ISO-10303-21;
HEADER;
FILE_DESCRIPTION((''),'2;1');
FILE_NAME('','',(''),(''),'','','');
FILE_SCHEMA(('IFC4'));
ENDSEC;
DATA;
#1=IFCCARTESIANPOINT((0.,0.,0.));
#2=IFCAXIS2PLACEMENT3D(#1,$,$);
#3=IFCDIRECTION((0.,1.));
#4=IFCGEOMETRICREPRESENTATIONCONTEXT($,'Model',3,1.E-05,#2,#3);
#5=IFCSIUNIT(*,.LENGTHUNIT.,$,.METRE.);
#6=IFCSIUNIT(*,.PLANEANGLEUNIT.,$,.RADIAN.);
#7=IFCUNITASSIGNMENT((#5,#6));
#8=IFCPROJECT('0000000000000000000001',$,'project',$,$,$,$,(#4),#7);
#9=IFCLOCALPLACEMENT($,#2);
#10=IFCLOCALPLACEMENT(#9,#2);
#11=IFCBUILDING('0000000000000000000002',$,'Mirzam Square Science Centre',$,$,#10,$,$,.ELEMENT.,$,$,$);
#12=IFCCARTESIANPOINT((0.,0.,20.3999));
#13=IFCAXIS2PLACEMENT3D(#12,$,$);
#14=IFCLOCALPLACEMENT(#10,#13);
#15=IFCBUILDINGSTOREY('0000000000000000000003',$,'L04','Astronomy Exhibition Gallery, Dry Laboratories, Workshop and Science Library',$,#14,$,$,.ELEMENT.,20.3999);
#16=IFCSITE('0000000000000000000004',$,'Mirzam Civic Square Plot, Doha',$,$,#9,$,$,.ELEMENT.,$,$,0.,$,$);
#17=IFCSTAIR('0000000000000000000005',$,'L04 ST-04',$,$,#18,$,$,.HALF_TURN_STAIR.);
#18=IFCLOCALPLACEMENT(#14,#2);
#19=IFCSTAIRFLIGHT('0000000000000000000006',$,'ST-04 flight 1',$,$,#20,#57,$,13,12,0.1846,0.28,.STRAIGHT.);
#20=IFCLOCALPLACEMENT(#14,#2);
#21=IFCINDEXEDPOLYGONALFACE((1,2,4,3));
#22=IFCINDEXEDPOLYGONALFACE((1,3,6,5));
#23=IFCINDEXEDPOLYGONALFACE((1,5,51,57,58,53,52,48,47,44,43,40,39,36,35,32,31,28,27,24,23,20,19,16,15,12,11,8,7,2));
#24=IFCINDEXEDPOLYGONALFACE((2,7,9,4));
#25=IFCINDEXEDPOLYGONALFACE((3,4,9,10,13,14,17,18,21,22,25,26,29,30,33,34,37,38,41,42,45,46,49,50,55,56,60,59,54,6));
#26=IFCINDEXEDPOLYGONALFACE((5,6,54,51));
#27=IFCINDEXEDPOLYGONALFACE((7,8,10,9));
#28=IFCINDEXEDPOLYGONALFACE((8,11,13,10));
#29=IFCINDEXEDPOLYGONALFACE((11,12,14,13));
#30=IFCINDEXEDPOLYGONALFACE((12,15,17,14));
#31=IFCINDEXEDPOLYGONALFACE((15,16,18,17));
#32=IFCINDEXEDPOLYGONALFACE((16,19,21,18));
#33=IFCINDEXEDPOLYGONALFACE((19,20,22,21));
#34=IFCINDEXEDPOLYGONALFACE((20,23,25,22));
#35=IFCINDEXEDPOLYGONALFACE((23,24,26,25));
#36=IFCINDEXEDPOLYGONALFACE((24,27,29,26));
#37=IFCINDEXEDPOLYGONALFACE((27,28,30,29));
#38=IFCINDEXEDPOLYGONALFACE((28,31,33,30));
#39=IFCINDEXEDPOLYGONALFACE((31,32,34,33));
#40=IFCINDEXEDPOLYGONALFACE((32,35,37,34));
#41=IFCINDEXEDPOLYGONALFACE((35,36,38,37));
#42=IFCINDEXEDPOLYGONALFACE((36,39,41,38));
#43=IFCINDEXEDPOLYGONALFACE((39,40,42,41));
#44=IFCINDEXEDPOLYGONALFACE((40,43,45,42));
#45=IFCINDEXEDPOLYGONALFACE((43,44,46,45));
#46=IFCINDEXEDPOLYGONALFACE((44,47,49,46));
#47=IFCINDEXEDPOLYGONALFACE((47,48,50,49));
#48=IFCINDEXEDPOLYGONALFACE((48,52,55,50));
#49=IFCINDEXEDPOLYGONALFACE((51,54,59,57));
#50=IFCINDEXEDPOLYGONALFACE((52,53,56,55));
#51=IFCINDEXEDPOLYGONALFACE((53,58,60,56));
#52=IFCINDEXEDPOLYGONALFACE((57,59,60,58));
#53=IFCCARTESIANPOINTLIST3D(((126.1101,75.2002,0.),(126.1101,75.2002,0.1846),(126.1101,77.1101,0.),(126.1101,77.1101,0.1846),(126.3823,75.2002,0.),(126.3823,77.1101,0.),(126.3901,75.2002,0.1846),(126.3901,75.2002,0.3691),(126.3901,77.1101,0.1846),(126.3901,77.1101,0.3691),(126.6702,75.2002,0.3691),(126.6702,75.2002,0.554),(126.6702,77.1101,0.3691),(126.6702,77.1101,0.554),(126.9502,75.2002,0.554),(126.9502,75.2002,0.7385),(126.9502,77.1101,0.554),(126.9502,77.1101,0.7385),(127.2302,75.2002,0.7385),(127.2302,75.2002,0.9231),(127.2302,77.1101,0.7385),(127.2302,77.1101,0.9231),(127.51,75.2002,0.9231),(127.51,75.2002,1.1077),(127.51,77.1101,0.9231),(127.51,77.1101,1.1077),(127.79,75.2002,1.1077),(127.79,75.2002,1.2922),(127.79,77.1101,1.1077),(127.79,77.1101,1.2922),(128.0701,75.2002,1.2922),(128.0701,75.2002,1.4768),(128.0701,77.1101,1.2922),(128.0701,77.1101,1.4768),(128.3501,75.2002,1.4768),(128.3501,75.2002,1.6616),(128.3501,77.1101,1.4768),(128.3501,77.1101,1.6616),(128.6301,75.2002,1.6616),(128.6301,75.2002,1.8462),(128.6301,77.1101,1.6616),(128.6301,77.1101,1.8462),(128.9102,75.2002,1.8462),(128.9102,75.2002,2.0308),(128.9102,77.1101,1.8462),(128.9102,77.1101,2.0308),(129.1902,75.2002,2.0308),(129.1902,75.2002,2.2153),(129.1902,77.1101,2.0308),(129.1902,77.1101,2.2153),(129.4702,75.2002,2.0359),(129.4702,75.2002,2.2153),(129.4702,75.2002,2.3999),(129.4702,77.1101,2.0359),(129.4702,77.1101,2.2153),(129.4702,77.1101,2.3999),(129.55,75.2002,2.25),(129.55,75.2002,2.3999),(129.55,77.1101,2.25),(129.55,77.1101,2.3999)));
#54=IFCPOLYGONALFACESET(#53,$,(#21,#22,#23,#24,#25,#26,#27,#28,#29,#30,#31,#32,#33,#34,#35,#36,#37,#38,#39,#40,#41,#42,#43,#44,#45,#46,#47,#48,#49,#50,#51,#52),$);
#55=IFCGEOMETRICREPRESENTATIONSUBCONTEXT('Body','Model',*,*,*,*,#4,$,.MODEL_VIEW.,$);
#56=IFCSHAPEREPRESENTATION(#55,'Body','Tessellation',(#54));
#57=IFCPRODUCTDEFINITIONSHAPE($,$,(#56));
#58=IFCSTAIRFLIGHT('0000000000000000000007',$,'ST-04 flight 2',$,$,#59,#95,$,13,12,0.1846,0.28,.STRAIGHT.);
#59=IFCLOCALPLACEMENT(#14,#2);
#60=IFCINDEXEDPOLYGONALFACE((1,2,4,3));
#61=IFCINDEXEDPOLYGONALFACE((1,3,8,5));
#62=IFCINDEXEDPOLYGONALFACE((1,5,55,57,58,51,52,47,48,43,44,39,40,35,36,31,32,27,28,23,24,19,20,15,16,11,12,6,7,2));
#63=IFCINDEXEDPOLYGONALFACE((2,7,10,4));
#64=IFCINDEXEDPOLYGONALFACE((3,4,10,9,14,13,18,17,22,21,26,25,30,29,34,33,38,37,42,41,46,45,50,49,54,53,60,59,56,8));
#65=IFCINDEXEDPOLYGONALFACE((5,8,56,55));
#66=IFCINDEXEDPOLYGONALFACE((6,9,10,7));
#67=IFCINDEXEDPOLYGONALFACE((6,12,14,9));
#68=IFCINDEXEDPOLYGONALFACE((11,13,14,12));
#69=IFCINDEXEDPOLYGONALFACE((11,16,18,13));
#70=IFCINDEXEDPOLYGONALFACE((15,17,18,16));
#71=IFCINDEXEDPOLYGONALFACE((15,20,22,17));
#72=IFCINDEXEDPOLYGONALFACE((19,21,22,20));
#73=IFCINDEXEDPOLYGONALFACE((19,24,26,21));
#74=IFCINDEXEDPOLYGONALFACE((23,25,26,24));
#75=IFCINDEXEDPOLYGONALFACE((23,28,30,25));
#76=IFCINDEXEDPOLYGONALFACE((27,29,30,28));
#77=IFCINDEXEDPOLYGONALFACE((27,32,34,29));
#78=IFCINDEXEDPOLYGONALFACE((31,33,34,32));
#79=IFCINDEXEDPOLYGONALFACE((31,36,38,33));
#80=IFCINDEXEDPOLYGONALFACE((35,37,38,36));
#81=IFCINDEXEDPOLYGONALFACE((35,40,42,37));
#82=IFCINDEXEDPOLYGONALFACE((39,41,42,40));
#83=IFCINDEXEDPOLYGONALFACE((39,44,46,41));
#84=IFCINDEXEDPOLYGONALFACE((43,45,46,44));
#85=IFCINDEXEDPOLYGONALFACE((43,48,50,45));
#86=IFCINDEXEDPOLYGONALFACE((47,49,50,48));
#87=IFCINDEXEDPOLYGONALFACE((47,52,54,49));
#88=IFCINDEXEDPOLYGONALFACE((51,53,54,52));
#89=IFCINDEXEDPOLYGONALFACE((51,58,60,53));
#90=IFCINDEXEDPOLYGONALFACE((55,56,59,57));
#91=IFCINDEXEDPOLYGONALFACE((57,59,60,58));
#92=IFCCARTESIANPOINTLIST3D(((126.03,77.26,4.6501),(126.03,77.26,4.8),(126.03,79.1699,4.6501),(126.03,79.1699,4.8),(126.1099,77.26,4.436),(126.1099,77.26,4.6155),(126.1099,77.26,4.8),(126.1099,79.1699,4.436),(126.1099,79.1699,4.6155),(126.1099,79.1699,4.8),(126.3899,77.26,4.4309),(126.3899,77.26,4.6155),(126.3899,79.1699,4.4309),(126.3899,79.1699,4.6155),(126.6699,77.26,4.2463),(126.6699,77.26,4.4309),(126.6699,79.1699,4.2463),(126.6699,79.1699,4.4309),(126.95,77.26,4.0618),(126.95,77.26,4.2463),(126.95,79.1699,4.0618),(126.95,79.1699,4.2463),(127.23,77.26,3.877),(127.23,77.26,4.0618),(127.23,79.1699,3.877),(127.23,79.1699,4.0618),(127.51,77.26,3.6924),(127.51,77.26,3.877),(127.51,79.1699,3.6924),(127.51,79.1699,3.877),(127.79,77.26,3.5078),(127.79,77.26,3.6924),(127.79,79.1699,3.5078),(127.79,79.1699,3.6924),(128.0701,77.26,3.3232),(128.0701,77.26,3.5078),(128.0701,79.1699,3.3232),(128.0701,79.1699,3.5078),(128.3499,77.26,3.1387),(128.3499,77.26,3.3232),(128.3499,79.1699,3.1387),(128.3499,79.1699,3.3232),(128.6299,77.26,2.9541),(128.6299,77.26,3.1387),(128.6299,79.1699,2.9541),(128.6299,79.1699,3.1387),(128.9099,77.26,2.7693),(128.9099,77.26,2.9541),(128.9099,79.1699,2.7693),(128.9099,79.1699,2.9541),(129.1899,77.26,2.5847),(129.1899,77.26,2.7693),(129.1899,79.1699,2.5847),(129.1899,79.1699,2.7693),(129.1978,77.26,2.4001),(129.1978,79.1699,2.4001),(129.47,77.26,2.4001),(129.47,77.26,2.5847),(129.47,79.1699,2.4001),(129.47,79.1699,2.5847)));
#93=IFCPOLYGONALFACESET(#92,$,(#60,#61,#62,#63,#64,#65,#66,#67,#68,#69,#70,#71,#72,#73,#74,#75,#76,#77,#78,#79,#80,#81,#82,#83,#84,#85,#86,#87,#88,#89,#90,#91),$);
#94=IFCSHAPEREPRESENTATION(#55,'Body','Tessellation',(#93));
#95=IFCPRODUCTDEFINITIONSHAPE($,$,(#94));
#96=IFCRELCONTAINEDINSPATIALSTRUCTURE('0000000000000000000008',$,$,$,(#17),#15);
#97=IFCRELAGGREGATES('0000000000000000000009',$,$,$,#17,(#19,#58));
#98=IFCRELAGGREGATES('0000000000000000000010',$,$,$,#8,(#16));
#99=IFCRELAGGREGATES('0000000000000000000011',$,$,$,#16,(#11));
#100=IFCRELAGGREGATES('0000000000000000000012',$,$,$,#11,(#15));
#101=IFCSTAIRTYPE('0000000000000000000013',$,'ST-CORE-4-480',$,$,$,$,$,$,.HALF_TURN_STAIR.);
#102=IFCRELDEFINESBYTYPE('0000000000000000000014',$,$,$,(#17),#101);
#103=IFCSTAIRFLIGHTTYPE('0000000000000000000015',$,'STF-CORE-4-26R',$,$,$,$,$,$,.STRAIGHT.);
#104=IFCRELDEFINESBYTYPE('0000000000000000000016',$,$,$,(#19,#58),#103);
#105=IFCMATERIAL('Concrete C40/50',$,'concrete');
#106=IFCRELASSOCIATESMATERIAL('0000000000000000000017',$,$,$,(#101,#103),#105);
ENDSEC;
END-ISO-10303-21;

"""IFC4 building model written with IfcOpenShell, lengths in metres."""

from ifc_helpers import new_model, si_unit, direction, frame, origin, place, context, subcontext, project, spatial, polyline, outline, extrude, material, type_object, element, aggregate, save


model = new_model("IFC4")

# Units and contexts
model_context = context("Model", 3, precision=1e-05, world=origin(), true_north=direction((0.0, 1.0)))
body_context = subcontext(model_context, "Body", "Model", "MODEL_VIEW")
ifc_project = project(units=[si_unit("LENGTHUNIT", "METRE"), si_unit("PLANEANGLEUNIT", "RADIAN")], contexts=[model_context])

# Site, building, storey
site_placement = place(None, origin())
site = spatial("IfcSite", under=ifc_project, at=site_placement, Name="Mirzam Civic Square Plot, Doha", CompositionType="ELEMENT", RefElevation=0.0)
building_placement = place(site_placement, origin())
building = spatial("IfcBuilding", under=site, at=building_placement, Name="Mirzam Square Science Centre", CompositionType="ELEMENT")
storey_placement = place(building_placement, frame((0.0, 0.0, 20.3999)))
storey = spatial("IfcBuildingStorey", under=building, at=storey_placement, Name="L04", Description="Astronomy Exhibition Gallery, Dry Laboratories, Workshop and Science Library", CompositionType="ELEMENT", Elevation=20.3999)

# Stair, stair flights
ifc_material_1 = material(Name="Concrete C40/50", Category="concrete")
stair_type = type_object("IfcStairType", Name="ST-CORE-4-480", PredefinedType="HALF_TURN_STAIR", material=ifc_material_1)
stair_placement = place(storey_placement, origin())
stair = element("IfcStair", 1, at=stair_placement, inside=storey, type_object=stair_type, Name="L04 ST-04", PredefinedType="HALF_TURN_STAIR")
stair_flight_type = type_object("IfcStairFlightType", Name="STF-CORE-4-26R", PredefinedType="STRAIGHT", material=ifc_material_1)
stair_flight_1_placement = place(storey_placement, frame((126.1101, 76.155, 0.0), z_axis=(0.0, 0.0, 1.0), x_axis=(1.0, 0.0, 0.0)))
stair_flight_1 = element("IfcStairFlight", 2, at=stair_flight_1_placement, type_object=stair_flight_type, Name="ST-04 flight 1", NumberOfRisers=13, NumberOfTreads=12, PredefinedType="STRAIGHT", RiserHeight=0.1846, TreadLength=0.28, context=body_context, shape_type="SweptSolid", body=[
    extrude(outline(polyline([(0.0, 0.0), (0.0, 0.1846), (0.28, 0.1846), (0.28, 0.3691), (0.5601, 0.3691), (0.5601, 0.554), (0.8401, 0.554), (0.8401, 0.7385), (1.1201, 0.7385), (1.1201, 0.9231), (1.3999, 0.9231), (1.3999, 1.1077), (1.6799, 1.1077), (1.6799, 1.2922), (1.96, 1.2922), (1.96, 1.4768), (2.24, 1.4768), (2.24, 1.6616), (2.52, 1.6616), (2.52, 1.8462), (2.8, 1.8462), (2.8, 2.0308), (3.0801, 2.0308), (3.0801, 2.2153), (3.3601, 2.2153), (3.3601, 2.3999), (3.4399, 2.3999), (3.4399, 2.25), (3.3601, 2.0359), (0.2722, 0.0), (0.0, 0.0)])), frame((0.0, 0.9551, 0.0), z_axis=(0.0, -1.0, 0.0), x_axis=(1.0, 0.0, 0.0)), (0.0, 0.0, 1.0), 1.9099),
])
stair_flight_2_placement = place(storey_placement, frame((129.47, 78.2151, 2.4001), z_axis=(0.0, 0.0, 1.0), x_axis=(-1.0, 0.0, 0.0)))
stair_flight_2 = element("IfcStairFlight", 3, at=stair_flight_2_placement, type_object=stair_flight_type, Name="ST-04 flight 2", NumberOfRisers=13, NumberOfTreads=12, PredefinedType="STRAIGHT", RiserHeight=0.1846, TreadLength=0.28, context=body_context, shape_type="SweptSolid", body=[
    extrude(outline(polyline([(0.0, 0.0), (0.0, 0.1846), (0.28, 0.1846), (0.28, 0.3691), (0.5601, 0.3691), (0.5601, 0.554), (0.8401, 0.554), (0.8401, 0.7385), (1.1201, 0.7385), (1.1201, 0.9231), (1.3999, 0.9231), (1.3999, 1.1077), (1.6799, 1.1077), (1.6799, 1.2922), (1.96, 1.2922), (1.96, 1.4768), (2.24, 1.4768), (2.24, 1.6616), (2.52, 1.6616), (2.52, 1.8462), (2.8, 1.8462), (2.8, 2.0308), (3.0801, 2.0308), (3.0801, 2.2153), (3.3601, 2.2153), (3.3601, 2.3999), (3.4399, 2.3999), (3.4399, 2.25), (3.3601, 2.0359), (0.2722, 0.0), (0.0, 0.0)])), frame((0.0, 0.9551, 0.0), z_axis=(0.0, -1.0, 0.0), x_axis=(1.0, 0.0, 0.0)), (0.0, 0.0, 1.0), 1.9099),
])
aggregate(stair, [stair_flight_1, stair_flight_2])

save(model, "model.ifc")
